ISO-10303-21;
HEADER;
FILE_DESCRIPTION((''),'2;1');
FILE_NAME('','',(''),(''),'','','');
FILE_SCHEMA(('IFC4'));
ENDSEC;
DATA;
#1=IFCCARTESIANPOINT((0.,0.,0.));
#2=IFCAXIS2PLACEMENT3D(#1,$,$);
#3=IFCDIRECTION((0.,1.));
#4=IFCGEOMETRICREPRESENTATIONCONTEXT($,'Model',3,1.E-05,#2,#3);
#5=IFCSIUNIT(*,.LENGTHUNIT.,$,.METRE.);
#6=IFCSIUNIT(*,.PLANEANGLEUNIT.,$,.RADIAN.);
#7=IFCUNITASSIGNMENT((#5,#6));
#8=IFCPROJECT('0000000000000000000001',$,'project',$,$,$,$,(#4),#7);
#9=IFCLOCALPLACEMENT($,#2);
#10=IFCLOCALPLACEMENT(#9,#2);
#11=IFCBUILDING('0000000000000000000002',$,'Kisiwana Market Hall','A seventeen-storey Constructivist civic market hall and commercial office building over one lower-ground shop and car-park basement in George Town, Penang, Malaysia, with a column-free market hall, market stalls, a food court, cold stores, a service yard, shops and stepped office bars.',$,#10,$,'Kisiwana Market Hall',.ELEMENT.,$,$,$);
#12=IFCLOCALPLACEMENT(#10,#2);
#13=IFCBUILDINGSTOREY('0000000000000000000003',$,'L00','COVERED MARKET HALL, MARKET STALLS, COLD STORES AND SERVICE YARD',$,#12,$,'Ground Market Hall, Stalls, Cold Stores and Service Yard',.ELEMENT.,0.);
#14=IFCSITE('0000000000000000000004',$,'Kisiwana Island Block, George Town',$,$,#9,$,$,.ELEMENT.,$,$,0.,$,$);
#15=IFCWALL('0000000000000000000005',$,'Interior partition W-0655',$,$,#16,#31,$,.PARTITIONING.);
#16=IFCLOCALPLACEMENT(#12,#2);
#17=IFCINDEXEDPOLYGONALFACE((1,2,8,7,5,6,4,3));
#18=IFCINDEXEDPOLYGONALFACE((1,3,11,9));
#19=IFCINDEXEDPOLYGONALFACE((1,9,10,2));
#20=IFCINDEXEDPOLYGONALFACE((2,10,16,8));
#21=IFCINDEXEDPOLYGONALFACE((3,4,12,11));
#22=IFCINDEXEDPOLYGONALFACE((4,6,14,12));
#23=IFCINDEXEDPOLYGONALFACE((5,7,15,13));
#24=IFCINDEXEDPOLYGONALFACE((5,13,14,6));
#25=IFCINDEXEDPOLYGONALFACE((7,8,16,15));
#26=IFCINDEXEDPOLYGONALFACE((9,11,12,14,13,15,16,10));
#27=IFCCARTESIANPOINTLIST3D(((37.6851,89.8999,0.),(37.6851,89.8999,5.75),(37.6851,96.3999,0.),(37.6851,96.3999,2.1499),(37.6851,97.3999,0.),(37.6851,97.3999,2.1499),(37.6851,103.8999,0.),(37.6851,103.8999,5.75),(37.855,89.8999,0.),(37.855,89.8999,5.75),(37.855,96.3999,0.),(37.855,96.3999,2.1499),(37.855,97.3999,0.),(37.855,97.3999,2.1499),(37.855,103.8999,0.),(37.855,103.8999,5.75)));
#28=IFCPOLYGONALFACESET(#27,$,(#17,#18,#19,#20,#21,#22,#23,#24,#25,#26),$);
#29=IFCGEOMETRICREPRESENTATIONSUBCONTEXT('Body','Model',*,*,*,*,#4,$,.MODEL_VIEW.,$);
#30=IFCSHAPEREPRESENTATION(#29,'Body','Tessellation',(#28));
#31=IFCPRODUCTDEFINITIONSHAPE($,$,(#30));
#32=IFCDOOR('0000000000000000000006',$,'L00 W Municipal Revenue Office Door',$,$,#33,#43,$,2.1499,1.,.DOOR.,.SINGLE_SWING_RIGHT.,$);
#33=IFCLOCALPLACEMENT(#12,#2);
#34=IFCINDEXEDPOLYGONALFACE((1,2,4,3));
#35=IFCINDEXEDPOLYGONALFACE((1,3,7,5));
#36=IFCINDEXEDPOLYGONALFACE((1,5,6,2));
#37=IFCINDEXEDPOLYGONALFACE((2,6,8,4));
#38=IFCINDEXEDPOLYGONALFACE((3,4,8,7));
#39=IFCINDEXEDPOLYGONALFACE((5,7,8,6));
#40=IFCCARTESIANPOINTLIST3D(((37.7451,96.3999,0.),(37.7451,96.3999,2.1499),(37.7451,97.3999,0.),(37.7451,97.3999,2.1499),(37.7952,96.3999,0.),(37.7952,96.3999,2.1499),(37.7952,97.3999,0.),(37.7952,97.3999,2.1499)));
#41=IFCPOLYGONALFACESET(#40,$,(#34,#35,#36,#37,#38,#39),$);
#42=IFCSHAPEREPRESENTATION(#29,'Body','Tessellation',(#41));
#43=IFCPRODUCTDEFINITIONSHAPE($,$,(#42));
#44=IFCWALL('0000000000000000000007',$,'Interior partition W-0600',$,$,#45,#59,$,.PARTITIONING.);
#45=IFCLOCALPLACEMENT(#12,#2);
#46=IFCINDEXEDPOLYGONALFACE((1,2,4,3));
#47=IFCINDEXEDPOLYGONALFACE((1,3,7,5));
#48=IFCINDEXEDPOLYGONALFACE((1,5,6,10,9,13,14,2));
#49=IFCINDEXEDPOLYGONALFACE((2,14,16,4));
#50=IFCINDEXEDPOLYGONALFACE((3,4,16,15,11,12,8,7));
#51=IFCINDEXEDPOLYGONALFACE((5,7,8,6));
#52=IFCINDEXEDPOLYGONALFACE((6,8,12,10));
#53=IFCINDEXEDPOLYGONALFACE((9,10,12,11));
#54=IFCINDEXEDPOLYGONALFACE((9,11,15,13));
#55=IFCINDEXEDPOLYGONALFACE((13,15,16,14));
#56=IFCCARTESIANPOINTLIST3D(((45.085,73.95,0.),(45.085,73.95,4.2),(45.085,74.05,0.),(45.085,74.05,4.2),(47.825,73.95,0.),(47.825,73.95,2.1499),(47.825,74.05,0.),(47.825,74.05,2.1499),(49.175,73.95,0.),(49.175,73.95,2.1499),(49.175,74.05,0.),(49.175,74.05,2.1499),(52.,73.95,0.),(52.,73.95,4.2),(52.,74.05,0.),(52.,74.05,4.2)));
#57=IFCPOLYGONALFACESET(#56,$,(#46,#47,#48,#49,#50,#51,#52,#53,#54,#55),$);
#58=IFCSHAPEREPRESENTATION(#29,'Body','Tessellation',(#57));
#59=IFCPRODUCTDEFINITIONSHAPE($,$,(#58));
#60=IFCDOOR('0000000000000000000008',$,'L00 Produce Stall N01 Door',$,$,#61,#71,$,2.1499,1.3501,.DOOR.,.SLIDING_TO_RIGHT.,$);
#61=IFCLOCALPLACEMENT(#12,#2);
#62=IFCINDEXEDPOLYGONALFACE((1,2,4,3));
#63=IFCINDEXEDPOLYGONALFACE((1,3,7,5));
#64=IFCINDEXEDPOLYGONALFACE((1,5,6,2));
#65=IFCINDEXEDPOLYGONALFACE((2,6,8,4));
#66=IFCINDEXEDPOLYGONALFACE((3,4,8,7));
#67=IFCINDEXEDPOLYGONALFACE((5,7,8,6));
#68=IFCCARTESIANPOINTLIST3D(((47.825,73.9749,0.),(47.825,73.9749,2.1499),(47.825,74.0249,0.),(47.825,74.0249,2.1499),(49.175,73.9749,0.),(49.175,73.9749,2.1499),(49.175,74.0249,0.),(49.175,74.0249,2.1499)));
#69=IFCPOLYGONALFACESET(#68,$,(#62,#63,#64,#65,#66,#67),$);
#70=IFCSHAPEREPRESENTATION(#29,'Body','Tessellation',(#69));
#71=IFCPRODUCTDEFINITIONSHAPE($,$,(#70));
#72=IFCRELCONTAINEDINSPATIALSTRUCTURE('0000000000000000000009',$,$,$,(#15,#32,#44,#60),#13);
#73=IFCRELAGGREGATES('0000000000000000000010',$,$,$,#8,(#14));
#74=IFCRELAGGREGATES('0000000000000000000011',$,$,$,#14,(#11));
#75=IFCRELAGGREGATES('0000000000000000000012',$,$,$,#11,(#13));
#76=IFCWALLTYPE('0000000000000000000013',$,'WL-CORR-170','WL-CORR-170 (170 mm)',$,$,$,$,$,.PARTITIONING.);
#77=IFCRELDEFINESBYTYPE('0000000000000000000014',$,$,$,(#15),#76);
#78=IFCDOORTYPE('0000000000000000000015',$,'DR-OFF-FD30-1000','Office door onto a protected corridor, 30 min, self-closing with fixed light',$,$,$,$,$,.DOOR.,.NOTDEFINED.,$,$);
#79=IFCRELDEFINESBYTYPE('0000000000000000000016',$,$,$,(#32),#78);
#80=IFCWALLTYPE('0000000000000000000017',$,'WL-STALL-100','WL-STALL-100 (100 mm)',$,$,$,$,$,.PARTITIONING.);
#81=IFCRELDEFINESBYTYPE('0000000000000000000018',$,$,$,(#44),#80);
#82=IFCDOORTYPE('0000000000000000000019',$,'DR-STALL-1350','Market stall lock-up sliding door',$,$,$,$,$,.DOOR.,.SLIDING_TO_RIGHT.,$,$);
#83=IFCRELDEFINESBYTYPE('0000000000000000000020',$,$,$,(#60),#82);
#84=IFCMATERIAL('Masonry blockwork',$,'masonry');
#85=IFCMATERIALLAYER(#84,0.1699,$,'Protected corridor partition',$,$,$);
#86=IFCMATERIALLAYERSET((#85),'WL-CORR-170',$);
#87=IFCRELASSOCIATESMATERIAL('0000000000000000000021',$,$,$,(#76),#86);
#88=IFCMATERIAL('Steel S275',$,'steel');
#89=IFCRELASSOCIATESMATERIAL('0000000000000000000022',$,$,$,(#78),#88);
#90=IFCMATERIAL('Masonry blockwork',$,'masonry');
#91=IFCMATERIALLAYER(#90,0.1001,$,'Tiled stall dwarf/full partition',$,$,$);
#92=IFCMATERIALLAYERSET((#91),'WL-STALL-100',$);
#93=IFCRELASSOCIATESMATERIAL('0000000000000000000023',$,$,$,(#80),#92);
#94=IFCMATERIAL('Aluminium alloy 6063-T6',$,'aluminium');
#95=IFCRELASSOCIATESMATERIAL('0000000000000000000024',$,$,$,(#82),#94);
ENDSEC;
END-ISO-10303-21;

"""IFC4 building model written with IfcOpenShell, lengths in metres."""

from ifc_helpers import new_model, si_unit, direction, frame, frame_2d, origin, place, context, subcontext, project, spatial, rectangle, extrude, material, layer, layer_set, type_object, element, fill, save


model = new_model("IFC4")

# Units and contexts
model_context = context("Model", 3, precision=1e-05, world=origin(), true_north=direction((0.0, 1.0)))
body_context = subcontext(model_context, "Body", "Model", "MODEL_VIEW")
ifc_project = project(units=[si_unit("LENGTHUNIT", "METRE"), si_unit("PLANEANGLEUNIT", "RADIAN")], contexts=[model_context])

# Site, building, storey
site_placement = place(None, origin())
site = spatial("IfcSite", under=ifc_project, at=site_placement, Name="Kisiwana Island Block, George Town", CompositionType="ELEMENT", RefElevation=0.0)
building_placement = place(site_placement, origin())
building = spatial("IfcBuilding", under=site, at=building_placement, Name="Kisiwana Market Hall", Description="A seventeen-storey Constructivist civic market hall and commercial office building over one lower-ground shop and car-park basement in George Town, Penang, Malaysia, with a column-free market hall, market stalls, a food court, cold stores, a service yard, shops and stepped office bars.", LongName="Kisiwana Market Hall", CompositionType="ELEMENT")
storey_placement = place(building_placement, origin())
storey = spatial("IfcBuildingStorey", under=building, at=storey_placement, Name="L00", Description="COVERED MARKET HALL, MARKET STALLS, COLD STORES AND SERVICE YARD", LongName="Ground Market Hall, Stalls, Cold Stores and Service Yard", CompositionType="ELEMENT", Elevation=0.0)

# Shared definitions
ifc_material_1 = material(Name="Masonry blockwork", Category="masonry")
ifc_layer_1 = layer(ifc_material_1, 0.1699, Name="Protected corridor partition")
ifc_layer_set_1 = layer_set([ifc_layer_1], Name="WL-CORR-170")
wall_type_1 = type_object("IfcWallType", Name="WL-CORR-170", Description="WL-CORR-170 (170 mm)", PredefinedType="PARTITIONING", material=ifc_layer_set_1)

# Walls, openings, doors
wall_1_placement = place(storey_placement, frame((37.77, 89.8999, 0.0), z_axis=(0.0, 0.0, 1.0), x_axis=(0.0, 1.0, 0.0)))
wall_1 = element("IfcWall", 1, at=wall_1_placement, inside=storey, type_object=wall_type_1, Name="Interior partition W-0655", PredefinedType="PARTITIONING", context=body_context, shape_type="SweptSolid", body=[
    extrude(rectangle(XDim=14.0, YDim=0.1699, at=frame_2d((7.0, 0.0))), origin(), (0.0, 0.0, 1.0), 5.75),
])
opening_1_placement = place(wall_1_placement, frame((6.5, 0.0, 0.0)))
opening_1 = element("IfcOpeningElement", 2, at=opening_1_placement, cuts=wall_1, PredefinedType="OPENING", context=body_context, shape_type="SweptSolid", body=[
    extrude(rectangle(XDim=1.0, YDim=2.1499, at=frame_2d((0.5, 1.075))), frame((0.0, 0.0969, 0.0), z_axis=(0.0, -1.0, 0.0), x_axis=(1.0, 0.0, 0.0)), (0.0, 0.0, 1.0), 0.1938),
])
ifc_material_2 = material(Name="Steel S275", Category="steel")
door_type_1 = type_object("IfcDoorType", Name="DR-OFF-FD30-1000", Description="Office door onto a protected corridor, 30 min, self-closing with fixed light", OperationType="NOTDEFINED", PredefinedType="DOOR", material=ifc_material_2)
door_1_placement = place(opening_1_placement, origin())
door_1 = element("IfcDoor", 3, at=door_1_placement, inside=storey, type_object=door_type_1, Name="L00 W Municipal Revenue Office Door", OperationType="SINGLE_SWING_RIGHT", OverallHeight=2.1499, OverallWidth=1.0, PredefinedType="DOOR", context=body_context, shape_type="SweptSolid", body=[
    extrude(rectangle(XDim=1.0, YDim=2.1499, at=frame_2d((0.5, 1.075))), frame((0.0, 0.0249, 0.0), z_axis=(0.0, -1.0, 0.0), x_axis=(1.0, 0.0, 0.0)), (0.0, 0.0, 1.0), 0.05),
])
fill(opening_1, door_1)
ifc_material_3 = material(Name="Masonry blockwork", Category="masonry")
ifc_layer_2 = layer(ifc_material_3, 0.1001, Name="Tiled stall dwarf/full partition")
ifc_layer_set_2 = layer_set([ifc_layer_2], Name="WL-STALL-100")
wall_type_2 = type_object("IfcWallType", Name="WL-STALL-100", Description="WL-STALL-100 (100 mm)", PredefinedType="PARTITIONING", material=ifc_layer_set_2)
wall_2_placement = place(storey_placement, frame((45.085, 74.0, 0.0), z_axis=(0.0, 0.0, 1.0), x_axis=(1.0, 0.0, 0.0)))
wall_2 = element("IfcWall", 4, at=wall_2_placement, inside=storey, type_object=wall_type_2, Name="Interior partition W-0600", PredefinedType="PARTITIONING", context=body_context, shape_type="SweptSolid", body=[
    extrude(rectangle(XDim=6.915, YDim=0.1001, at=frame_2d((3.4575, 0.0))), origin(), (0.0, 0.0, 1.0), 4.2),
])
opening_2_placement = place(wall_2_placement, frame((2.74, 0.0, 0.0)))
opening_2 = element("IfcOpeningElement", 5, at=opening_2_placement, cuts=wall_2, PredefinedType="OPENING", context=body_context, shape_type="SweptSolid", body=[
    extrude(rectangle(XDim=1.3501, YDim=2.1499, at=frame_2d((0.675, 1.075))), frame((0.0, 0.062, 0.0), z_axis=(0.0, -1.0, 0.0), x_axis=(1.0, 0.0, 0.0)), (0.0, 0.0, 1.0), 0.124),
])
ifc_material_4 = material(Name="Aluminium alloy 6063-T6", Category="aluminium")
door_type_2 = type_object("IfcDoorType", Name="DR-STALL-1350", Description="Market stall lock-up sliding door", OperationType="SLIDING_TO_RIGHT", PredefinedType="DOOR", material=ifc_material_4)
door_2_placement = place(opening_2_placement, origin())
door_2 = element("IfcDoor", 6, at=door_2_placement, inside=storey, type_object=door_type_2, Name="L00 Produce Stall N01 Door", OperationType="SLIDING_TO_RIGHT", OverallHeight=2.1499, OverallWidth=1.3501, PredefinedType="DOOR", context=body_context, shape_type="SweptSolid", body=[
    extrude(rectangle(XDim=1.3501, YDim=2.1499, at=frame_2d((0.675, 1.075))), frame((0.0, 0.0249, 0.0), z_axis=(0.0, -1.0, 0.0), x_axis=(1.0, 0.0, 0.0)), (0.0, 0.0, 1.0), 0.05),
])
fill(opening_2, door_2)

save(model, "model.ifc")
